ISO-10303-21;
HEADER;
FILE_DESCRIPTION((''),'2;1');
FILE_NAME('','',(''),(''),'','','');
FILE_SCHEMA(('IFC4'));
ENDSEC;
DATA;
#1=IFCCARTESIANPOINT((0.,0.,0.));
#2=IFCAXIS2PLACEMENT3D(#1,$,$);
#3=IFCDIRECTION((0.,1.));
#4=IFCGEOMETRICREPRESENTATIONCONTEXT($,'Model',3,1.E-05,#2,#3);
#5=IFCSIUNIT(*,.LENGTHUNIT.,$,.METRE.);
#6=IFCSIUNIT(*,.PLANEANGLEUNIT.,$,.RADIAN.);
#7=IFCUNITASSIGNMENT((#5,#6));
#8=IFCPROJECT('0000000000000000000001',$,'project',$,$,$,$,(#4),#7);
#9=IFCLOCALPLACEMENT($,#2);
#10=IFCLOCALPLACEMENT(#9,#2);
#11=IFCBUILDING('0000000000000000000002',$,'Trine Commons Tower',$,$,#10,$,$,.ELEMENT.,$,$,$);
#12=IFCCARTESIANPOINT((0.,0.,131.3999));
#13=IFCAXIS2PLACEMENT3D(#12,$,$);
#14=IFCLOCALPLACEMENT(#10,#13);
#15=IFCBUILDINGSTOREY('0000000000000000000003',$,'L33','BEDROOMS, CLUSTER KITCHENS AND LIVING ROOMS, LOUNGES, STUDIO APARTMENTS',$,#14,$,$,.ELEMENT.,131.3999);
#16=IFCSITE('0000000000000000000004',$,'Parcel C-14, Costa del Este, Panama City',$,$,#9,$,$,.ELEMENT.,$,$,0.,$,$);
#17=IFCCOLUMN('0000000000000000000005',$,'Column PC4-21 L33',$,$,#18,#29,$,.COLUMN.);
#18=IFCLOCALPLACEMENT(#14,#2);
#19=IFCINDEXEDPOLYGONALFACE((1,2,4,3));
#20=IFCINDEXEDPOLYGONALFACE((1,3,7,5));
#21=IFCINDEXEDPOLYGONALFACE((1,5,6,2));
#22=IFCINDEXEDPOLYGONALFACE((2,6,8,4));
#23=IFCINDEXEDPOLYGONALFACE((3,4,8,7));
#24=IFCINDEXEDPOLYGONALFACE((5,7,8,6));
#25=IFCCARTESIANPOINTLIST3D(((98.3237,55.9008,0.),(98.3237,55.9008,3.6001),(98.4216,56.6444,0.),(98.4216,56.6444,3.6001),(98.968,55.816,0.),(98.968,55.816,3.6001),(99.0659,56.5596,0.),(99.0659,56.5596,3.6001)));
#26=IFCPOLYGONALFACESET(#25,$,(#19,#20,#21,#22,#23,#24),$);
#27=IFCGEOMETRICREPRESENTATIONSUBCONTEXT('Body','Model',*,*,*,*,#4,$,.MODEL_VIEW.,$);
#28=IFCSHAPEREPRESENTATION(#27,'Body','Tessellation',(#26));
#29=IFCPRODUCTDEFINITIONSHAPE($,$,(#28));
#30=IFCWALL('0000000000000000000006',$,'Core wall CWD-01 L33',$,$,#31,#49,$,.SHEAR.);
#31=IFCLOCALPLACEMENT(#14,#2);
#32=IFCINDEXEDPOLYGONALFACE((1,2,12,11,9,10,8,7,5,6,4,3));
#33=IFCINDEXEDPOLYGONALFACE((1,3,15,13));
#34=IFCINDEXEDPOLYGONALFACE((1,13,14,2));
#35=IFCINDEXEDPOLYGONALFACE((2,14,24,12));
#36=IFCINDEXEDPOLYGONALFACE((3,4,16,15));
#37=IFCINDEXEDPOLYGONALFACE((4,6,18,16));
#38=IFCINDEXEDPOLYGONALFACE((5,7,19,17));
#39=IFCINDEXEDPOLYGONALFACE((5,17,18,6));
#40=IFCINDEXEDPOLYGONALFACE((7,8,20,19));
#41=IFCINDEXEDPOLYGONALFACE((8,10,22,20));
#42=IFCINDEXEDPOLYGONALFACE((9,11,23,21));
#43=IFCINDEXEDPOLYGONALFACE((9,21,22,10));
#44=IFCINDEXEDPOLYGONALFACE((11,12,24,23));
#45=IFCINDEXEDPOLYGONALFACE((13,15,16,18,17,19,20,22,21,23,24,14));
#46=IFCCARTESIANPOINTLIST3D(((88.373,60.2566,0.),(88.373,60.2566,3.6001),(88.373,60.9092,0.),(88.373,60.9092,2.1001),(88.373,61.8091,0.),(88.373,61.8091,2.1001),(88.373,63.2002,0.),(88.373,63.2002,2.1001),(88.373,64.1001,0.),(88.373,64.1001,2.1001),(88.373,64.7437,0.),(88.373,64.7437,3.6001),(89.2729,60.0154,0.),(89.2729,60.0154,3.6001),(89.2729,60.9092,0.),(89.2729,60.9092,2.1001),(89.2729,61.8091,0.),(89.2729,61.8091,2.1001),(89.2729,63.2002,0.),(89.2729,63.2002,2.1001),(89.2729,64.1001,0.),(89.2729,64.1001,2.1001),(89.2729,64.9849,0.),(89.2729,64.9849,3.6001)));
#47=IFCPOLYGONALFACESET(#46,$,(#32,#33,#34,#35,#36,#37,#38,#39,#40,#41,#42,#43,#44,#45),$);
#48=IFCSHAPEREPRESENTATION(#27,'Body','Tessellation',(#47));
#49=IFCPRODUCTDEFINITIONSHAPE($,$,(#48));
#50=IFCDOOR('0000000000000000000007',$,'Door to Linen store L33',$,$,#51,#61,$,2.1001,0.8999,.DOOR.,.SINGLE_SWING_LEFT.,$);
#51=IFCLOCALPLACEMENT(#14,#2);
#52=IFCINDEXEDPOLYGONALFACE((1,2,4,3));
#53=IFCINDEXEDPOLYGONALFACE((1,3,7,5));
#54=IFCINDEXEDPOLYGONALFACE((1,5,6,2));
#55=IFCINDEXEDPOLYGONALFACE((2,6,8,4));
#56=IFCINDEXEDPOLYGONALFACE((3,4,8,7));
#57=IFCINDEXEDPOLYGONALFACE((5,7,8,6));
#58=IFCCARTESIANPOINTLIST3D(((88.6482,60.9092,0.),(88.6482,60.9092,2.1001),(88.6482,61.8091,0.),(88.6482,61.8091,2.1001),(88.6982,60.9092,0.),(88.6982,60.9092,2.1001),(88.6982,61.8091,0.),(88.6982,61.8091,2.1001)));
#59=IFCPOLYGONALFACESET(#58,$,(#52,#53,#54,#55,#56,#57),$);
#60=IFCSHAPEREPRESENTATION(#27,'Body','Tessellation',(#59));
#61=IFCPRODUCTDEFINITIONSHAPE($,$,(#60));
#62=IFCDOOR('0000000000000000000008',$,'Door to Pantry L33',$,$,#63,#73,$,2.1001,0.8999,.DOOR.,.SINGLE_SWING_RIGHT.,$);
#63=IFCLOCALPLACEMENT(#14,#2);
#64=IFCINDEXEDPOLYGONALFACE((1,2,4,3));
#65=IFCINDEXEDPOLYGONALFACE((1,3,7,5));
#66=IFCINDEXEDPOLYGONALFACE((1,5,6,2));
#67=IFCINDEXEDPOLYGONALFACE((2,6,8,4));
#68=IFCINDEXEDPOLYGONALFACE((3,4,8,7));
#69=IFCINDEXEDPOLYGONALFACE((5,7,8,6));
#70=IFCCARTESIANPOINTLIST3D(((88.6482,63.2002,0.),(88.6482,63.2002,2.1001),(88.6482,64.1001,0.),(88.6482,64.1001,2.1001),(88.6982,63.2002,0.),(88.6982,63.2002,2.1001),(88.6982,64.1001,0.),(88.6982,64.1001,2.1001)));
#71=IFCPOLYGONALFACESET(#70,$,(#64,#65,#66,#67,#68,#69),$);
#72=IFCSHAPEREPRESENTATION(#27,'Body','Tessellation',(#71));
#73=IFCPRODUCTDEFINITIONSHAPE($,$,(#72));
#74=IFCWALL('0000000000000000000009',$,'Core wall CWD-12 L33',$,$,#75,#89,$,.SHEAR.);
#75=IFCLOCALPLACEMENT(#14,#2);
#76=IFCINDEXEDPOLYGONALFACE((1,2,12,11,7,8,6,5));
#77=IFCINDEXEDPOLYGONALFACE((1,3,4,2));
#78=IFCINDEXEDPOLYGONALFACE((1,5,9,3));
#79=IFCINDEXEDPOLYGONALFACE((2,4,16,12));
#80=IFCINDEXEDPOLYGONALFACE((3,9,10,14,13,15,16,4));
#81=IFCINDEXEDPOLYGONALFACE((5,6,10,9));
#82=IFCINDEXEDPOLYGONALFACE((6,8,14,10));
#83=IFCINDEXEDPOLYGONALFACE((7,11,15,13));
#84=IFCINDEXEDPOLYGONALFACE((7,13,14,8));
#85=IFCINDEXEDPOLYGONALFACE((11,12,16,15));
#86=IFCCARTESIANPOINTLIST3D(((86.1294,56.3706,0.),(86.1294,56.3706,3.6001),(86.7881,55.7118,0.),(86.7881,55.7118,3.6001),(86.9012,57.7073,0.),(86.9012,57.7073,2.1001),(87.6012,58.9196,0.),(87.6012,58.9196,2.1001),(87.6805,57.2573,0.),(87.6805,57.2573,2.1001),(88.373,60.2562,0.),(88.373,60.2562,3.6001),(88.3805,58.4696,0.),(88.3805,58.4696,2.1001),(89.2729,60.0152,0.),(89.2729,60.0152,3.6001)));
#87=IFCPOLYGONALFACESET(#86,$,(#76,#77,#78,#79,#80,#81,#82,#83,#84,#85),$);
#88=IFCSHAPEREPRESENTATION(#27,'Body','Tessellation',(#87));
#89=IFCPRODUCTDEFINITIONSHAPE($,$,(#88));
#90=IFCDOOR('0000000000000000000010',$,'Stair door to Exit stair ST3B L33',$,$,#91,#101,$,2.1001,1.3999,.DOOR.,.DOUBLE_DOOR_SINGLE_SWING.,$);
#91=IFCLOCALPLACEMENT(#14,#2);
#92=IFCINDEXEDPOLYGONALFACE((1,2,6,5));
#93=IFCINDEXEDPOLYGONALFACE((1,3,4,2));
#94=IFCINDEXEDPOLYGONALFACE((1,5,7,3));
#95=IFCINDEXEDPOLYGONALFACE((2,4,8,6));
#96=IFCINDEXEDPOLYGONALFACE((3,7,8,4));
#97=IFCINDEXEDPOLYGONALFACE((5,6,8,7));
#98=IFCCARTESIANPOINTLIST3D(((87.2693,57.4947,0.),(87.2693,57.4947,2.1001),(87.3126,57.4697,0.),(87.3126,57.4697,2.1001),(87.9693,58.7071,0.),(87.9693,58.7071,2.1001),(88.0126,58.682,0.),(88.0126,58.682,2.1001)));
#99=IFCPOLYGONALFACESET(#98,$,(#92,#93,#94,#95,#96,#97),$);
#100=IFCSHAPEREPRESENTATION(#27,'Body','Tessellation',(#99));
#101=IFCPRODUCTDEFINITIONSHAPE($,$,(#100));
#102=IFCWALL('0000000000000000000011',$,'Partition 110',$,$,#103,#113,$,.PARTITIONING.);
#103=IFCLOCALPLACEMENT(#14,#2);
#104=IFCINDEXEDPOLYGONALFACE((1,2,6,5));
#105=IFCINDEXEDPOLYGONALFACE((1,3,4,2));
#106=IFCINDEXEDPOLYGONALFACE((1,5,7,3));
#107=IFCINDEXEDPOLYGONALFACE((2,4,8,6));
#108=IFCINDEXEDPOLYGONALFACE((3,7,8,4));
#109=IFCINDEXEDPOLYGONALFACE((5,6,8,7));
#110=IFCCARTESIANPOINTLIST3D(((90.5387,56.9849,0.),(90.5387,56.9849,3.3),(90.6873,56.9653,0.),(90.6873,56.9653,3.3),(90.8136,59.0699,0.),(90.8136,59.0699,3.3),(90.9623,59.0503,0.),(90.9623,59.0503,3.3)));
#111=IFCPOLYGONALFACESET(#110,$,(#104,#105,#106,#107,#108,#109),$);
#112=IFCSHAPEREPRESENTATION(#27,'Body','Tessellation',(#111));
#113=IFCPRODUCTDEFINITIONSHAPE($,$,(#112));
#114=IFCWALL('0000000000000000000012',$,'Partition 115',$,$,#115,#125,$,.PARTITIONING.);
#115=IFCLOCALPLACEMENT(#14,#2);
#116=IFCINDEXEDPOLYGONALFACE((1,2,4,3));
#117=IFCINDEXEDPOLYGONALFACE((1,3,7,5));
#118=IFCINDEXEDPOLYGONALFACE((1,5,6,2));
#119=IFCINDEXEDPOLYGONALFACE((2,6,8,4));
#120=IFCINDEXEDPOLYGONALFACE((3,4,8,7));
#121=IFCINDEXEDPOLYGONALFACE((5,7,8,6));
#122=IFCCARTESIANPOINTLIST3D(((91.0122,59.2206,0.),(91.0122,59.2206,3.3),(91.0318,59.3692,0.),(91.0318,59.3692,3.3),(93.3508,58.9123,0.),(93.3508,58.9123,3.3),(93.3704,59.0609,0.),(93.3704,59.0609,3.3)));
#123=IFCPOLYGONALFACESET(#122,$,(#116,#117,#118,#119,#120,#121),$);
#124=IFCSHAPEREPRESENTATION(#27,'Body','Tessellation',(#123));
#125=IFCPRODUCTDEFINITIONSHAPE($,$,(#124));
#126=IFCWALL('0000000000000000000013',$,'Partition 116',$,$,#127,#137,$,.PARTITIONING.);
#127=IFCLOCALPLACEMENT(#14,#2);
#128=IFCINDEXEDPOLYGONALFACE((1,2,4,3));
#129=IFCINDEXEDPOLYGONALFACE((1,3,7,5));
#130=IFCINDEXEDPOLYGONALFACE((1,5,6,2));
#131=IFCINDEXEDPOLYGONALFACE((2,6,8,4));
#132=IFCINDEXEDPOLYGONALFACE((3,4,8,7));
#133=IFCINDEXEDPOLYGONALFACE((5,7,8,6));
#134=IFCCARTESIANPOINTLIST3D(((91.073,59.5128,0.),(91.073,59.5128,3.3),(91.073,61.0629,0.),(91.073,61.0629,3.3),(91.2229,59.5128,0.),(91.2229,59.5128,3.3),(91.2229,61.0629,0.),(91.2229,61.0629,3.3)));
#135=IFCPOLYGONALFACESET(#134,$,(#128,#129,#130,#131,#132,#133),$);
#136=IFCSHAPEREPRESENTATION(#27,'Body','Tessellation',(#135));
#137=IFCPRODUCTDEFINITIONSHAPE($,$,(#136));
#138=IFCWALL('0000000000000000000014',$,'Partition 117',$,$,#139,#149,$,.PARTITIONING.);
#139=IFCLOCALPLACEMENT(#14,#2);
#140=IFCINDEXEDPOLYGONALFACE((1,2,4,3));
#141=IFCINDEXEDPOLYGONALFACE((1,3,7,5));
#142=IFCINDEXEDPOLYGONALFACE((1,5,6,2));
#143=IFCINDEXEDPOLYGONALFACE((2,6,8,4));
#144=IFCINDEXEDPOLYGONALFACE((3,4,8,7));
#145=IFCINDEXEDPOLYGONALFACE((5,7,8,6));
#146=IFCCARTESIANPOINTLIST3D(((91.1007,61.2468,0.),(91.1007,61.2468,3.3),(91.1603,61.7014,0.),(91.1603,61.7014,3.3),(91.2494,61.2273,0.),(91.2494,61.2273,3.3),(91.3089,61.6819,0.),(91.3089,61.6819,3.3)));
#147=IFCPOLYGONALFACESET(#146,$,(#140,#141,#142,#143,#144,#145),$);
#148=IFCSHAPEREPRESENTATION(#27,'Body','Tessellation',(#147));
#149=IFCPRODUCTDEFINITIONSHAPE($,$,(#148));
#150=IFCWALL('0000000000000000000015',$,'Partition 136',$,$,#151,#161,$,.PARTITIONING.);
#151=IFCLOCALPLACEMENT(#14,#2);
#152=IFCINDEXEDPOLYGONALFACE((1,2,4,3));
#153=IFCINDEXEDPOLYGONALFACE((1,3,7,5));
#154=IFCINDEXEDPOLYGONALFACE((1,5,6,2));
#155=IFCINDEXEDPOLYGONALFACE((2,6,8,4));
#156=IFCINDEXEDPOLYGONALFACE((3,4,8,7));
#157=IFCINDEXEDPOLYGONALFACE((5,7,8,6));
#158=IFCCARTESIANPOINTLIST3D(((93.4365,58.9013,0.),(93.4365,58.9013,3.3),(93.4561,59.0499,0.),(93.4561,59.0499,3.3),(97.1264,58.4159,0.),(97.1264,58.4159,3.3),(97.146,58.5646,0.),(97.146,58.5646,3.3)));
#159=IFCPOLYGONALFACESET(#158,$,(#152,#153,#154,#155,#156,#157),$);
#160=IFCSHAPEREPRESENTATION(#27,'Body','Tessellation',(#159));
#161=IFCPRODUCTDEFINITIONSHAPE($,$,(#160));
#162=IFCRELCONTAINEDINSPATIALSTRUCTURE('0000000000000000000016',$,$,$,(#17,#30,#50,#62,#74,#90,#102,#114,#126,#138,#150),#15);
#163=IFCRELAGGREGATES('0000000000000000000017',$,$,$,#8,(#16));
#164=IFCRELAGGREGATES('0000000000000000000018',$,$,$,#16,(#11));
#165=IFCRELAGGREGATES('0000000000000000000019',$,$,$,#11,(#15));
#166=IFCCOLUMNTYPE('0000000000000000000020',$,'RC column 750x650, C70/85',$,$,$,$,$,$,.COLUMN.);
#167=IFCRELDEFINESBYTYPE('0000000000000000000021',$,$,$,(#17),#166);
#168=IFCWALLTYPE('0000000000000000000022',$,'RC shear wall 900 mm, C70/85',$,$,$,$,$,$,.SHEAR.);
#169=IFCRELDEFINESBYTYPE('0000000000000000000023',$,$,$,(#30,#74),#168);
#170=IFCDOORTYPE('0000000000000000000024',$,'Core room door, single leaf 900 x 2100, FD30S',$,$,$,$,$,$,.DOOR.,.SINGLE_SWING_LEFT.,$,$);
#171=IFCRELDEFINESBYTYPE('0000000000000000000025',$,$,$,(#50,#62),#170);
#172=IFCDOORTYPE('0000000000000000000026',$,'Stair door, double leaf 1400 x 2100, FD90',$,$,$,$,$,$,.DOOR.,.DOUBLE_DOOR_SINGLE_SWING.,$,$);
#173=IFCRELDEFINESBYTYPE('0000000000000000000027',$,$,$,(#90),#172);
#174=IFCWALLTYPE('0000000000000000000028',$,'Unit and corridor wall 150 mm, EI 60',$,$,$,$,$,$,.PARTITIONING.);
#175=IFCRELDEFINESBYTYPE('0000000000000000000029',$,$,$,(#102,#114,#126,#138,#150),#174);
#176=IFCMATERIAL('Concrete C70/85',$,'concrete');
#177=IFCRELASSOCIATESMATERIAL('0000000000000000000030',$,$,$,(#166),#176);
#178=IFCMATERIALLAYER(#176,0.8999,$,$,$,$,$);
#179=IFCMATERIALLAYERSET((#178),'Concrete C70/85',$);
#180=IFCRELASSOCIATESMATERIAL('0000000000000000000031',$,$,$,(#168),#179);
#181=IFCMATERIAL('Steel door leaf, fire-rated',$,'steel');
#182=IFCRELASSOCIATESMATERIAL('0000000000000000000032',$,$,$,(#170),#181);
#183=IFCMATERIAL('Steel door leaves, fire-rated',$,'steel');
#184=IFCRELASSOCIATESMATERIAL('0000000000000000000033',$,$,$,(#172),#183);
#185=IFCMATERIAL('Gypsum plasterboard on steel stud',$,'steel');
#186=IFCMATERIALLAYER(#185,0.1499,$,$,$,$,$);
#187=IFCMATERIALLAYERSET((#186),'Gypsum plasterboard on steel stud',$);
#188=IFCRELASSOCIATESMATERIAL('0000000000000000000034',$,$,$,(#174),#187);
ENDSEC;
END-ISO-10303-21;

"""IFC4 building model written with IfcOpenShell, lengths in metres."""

from ifc_helpers import new_model, si_unit, direction, frame, frame_2d, origin, origin_2d, place, context, subcontext, project, spatial, polyline, rectangle, outline, extrude, material, layer, layer_set, material_profile, profile_set, type_object, element, fill, save


model = new_model("IFC4")

# Units and contexts
model_context = context("Model", 3, precision=1e-05, world=origin(), true_north=direction((0.0, 1.0)))
body_context = subcontext(model_context, "Body", "Model", "MODEL_VIEW")
ifc_project = project(units=[si_unit("LENGTHUNIT", "METRE"), si_unit("PLANEANGLEUNIT", "RADIAN")], contexts=[model_context])

# Site, building, storey
site_placement = place(None, origin())
site = spatial("IfcSite", under=ifc_project, at=site_placement, Name="Parcel C-14, Costa del Este, Panama City", CompositionType="ELEMENT", RefElevation=0.0)
building_placement = place(site_placement, origin())
building = spatial("IfcBuilding", under=site, at=building_placement, Name="Trine Commons Tower", CompositionType="ELEMENT")
storey_placement = place(building_placement, frame((0.0, 0.0, 131.3999)))
storey = spatial("IfcBuildingStorey", under=building, at=storey_placement, Name="L33", Description="BEDROOMS, CLUSTER KITCHENS AND LIVING ROOMS, LOUNGES, STUDIO APARTMENTS", CompositionType="ELEMENT", Elevation=131.3999)

# Column
ifc_material_1 = material(Name="Concrete C70/85", Category="concrete")
ifc_material_profile = material_profile(ifc_material_1, rectangle(XDim=0.75, YDim=0.6499, at=origin_2d()), Name="RC 750x650")
ifc_profile_set = profile_set([ifc_material_profile], Name="Concrete C70/85")
column_type = type_object("IfcColumnType", Name="RC column 750x650, C70/85", PredefinedType="COLUMN", material=ifc_profile_set)
column_placement = place(storey_placement, frame((98.6948, 56.2302, 0.0), z_axis=(0.0, 0.0, 1.0), x_axis=(0.130526, 0.991445, 0.0)))
element("IfcColumn", 1, at=column_placement, inside=storey, type_object=column_type, Name="Column PC4-21 L33", PredefinedType="COLUMN", context=body_context, shape_type="SweptSolid", body=[
    extrude(rectangle(XDim=0.75, YDim=0.6499, at=origin_2d()), origin(), (0.0, 0.0, 1.0), 3.6001),
])

# Wall, openings, doors
ifc_layer_1 = layer(ifc_material_1, 0.8999)
ifc_layer_set_1 = layer_set([ifc_layer_1], Name="Concrete C70/85")
wall_type_1 = type_object("IfcWallType", Name="RC shear wall 900 mm, C70/85", PredefinedType="SHEAR", material=ifc_layer_set_1)
wall_1_placement = place(storey_placement, frame((88.823, 60.0154, 0.0), z_axis=(0.0, 0.0, 1.0), x_axis=(0.0, 1.0, 0.0)))
wall_1 = element("IfcWall", 2, at=wall_1_placement, inside=storey, type_object=wall_type_1, Name="Core wall CWD-01 L33", PredefinedType="SHEAR", context=body_context, shape_type="SweptSolid", body=[
    extrude(outline(polyline([(0.0, -0.45), (4.9695, -0.45), (4.7283, 0.45), (0.2412, 0.45), (0.0, -0.45)])), origin(), (0.0, 0.0, 1.0), 3.6001),
])
opening_1_placement = place(wall_1_placement, frame((0.8938, 0.0, 0.0)))
opening_1 = element("IfcOpeningElement", 3, at=opening_1_placement, cuts=wall_1, PredefinedType="OPENING", context=body_context, shape_type="SweptSolid", body=[
    extrude(rectangle(XDim=0.8999, YDim=2.1001, at=frame_2d((0.45, 1.05))), frame((0.0, 0.46, 0.0), z_axis=(0.0, -1.0, 0.0), x_axis=(1.0, 0.0, 0.0)), (0.0, 0.0, 1.0), 0.9199),
])
opening_2_placement = place(wall_1_placement, frame((3.1848, 0.0, 0.0)))
opening_2 = element("IfcOpeningElement", 4, at=opening_2_placement, cuts=wall_1, PredefinedType="OPENING", context=body_context, shape_type="SweptSolid", body=[
    extrude(rectangle(XDim=0.8999, YDim=2.1001, at=frame_2d((0.45, 1.05))), frame((0.0, 0.46, 0.0), z_axis=(0.0, -1.0, 0.0), x_axis=(1.0, 0.0, 0.0)), (0.0, 0.0, 1.0), 0.9199),
])
ifc_material_2 = material(Name="Steel door leaf, fire-rated", Category="steel")
door_type_1 = type_object("IfcDoorType", Name="Core room door, single leaf 900 x 2100, FD30S", OperationType="SINGLE_SWING_LEFT", PredefinedType="DOOR", material=ifc_material_2)
door_1_placement = place(opening_1_placement, origin())
door_1 = element("IfcDoor", 5, at=door_1_placement, inside=storey, type_object=door_type_1, Name="Door to Linen store L33", OperationType="SINGLE_SWING_LEFT", OverallHeight=2.1001, OverallWidth=0.8999, PredefinedType="DOOR", context=body_context, shape_type="SweptSolid", body=[
    extrude(rectangle(XDim=0.8999, YDim=2.1001, at=frame_2d((0.45, 1.05))), frame((0.0, 0.1748, 0.0), z_axis=(0.0, -1.0, 0.0), x_axis=(1.0, 0.0, 0.0)), (0.0, 0.0, 1.0), 0.05),
])
fill(opening_1, door_1)
door_2_placement = place(opening_2_placement, origin())
door_2 = element("IfcDoor", 6, at=door_2_placement, inside=storey, type_object=door_type_1, Name="Door to Pantry L33", OperationType="SINGLE_SWING_RIGHT", OverallHeight=2.1001, OverallWidth=0.8999, PredefinedType="DOOR", context=body_context, shape_type="SweptSolid", body=[
    extrude(rectangle(XDim=0.8999, YDim=2.1001, at=frame_2d((0.45, 1.05))), frame((0.0, 0.1748, 0.0), z_axis=(0.0, -1.0, 0.0), x_axis=(1.0, 0.0, 0.0)), (0.0, 0.0, 1.0), 0.05),
])
fill(opening_2, door_2)

# Wall, opening, door
wall_2_placement = place(storey_placement, frame((86.3984, 55.9368, 0.0), z_axis=(0.0, 0.0, 1.0), x_axis=(0.500039, 0.866003, 0.0)))
wall_2 = element("IfcWall", 7, at=wall_2_placement, inside=storey, type_object=wall_type_1, Name="Core wall CWD-12 L33", PredefinedType="SHEAR", context=body_context, shape_type="SweptSolid", body=[
    extrude(outline(polyline([(0.0, -0.45), (4.9692, -0.45), (4.728, 0.45), (0.2412, 0.45), (0.0, -0.45)])), origin(), (0.0, 0.0, 1.0), 3.6001),
])
opening_3_placement = place(wall_2_placement, frame((1.7847, 0.0, 0.0)))
opening_3 = element("IfcOpeningElement", 8, at=opening_3_placement, cuts=wall_2, PredefinedType="OPENING", context=body_context, shape_type="SweptSolid", body=[
    extrude(rectangle(XDim=1.3999, YDim=2.1001, at=frame_2d((0.7, 1.05))), frame((0.0, 0.46, 0.0), z_axis=(0.0, -1.0, 0.0), x_axis=(1.0, 0.0, 0.0)), (0.0, 0.0, 1.0), 0.9199),
])
ifc_material_3 = material(Name="Steel door leaves, fire-rated", Category="steel")
door_type_2 = type_object("IfcDoorType", Name="Stair door, double leaf 1400 x 2100, FD90", OperationType="DOUBLE_DOOR_SINGLE_SWING", PredefinedType="DOOR", material=ifc_material_3)
door_3_placement = place(opening_3_placement, origin())
door_3 = element("IfcDoor", 9, at=door_3_placement, inside=storey, type_object=door_type_2, Name="Stair door to Exit stair ST3B L33", OperationType="DOUBLE_DOOR_SINGLE_SWING", OverallHeight=2.1001, OverallWidth=1.3999, PredefinedType="DOOR", context=body_context, shape_type="SweptSolid", body=[
    extrude(rectangle(XDim=1.3999, YDim=2.1001, at=frame_2d((0.7, 1.05))), frame((0.0, 0.0249, 0.0), z_axis=(0.0, -1.0, 0.0), x_axis=(1.0, 0.0, 0.0)), (0.0, 0.0, 1.0), 0.05),
])
fill(opening_3, door_3)

# Walls
ifc_material_4 = material(Name="Gypsum plasterboard on steel stud", Category="steel")
ifc_layer_2 = layer(ifc_material_4, 0.1499)
ifc_layer_set_2 = layer_set([ifc_layer_2], Name="Gypsum plasterboard on steel stud")
wall_type_2 = type_object("IfcWallType", Name="Unit and corridor wall 150 mm, EI 60", PredefinedType="PARTITIONING", material=ifc_layer_set_2)
wall_3_placement = place(storey_placement, frame((90.613, 56.9751, 0.0), z_axis=(0.0, 0.0, 1.0), x_axis=(0.130719, 0.991419, 0.0)))
element("IfcWall", 10, at=wall_3_placement, inside=storey, type_object=wall_type_2, Name="Partition 110", PredefinedType="PARTITIONING", context=body_context, shape_type="SweptSolid", body=[
    extrude(rectangle(XDim=2.103, YDim=0.1499, at=frame_2d((1.0515, 0.0))), origin(), (0.0, 0.0, 1.0), 3.3),
])
wall_4_placement = place(storey_placement, frame((91.022, 59.2949, 0.0), z_axis=(0.0, 0.0, 1.0), x_axis=(0.991419, -0.13072, 0.0)))
element("IfcWall", 11, at=wall_4_placement, inside=storey, type_object=wall_type_2, Name="Partition 115", PredefinedType="PARTITIONING", context=body_context, shape_type="SweptSolid", body=[
    extrude(rectangle(XDim=2.3589, YDim=0.1499, at=frame_2d((1.1794, 0.0))), origin(), (0.0, 0.0, 1.0), 3.3),
])
wall_5_placement = place(storey_placement, frame((91.1479, 59.5129, 0.0), z_axis=(0.0, 0.0, 1.0), x_axis=(0.0, 1.0, 0.0)))
element("IfcWall", 12, at=wall_5_placement, inside=storey, type_object=wall_type_2, Name="Partition 116", PredefinedType="PARTITIONING", context=body_context, shape_type="SweptSolid", body=[
    extrude(rectangle(XDim=1.55, YDim=0.1499, at=frame_2d((0.7749, 0.0))), origin(), (0.0, 0.0, 1.0), 3.3),
])
wall_6_placement = place(storey_placement, frame((91.175, 61.2371, 0.0), z_axis=(0.0, 0.0, 1.0), x_axis=(0.129931, 0.991523, 0.0)))
element("IfcWall", 13, at=wall_6_placement, inside=storey, type_object=wall_type_2, Name="Partition 117", PredefinedType="PARTITIONING", context=body_context, shape_type="SweptSolid", body=[
    extrude(rectangle(XDim=0.4585, YDim=0.1499, at=frame_2d((0.2292, 0.0))), origin(), (0.0, 0.0, 1.0), 3.3),
])
wall_7_placement = place(storey_placement, frame((93.4463, 58.9756, 0.0), z_axis=(0.0, 0.0, 1.0), x_axis=(0.99146, -0.13041, 0.0)))
element("IfcWall", 14, at=wall_7_placement, inside=storey, type_object=wall_type_2, Name="Partition 136", PredefinedType="PARTITIONING", context=body_context, shape_type="SweptSolid", body=[
    extrude(rectangle(XDim=3.7217, YDim=0.1499, at=frame_2d((1.8608, 0.0))), origin(), (0.0, 0.0, 1.0), 3.3),
])

save(model, "model.ifc")
